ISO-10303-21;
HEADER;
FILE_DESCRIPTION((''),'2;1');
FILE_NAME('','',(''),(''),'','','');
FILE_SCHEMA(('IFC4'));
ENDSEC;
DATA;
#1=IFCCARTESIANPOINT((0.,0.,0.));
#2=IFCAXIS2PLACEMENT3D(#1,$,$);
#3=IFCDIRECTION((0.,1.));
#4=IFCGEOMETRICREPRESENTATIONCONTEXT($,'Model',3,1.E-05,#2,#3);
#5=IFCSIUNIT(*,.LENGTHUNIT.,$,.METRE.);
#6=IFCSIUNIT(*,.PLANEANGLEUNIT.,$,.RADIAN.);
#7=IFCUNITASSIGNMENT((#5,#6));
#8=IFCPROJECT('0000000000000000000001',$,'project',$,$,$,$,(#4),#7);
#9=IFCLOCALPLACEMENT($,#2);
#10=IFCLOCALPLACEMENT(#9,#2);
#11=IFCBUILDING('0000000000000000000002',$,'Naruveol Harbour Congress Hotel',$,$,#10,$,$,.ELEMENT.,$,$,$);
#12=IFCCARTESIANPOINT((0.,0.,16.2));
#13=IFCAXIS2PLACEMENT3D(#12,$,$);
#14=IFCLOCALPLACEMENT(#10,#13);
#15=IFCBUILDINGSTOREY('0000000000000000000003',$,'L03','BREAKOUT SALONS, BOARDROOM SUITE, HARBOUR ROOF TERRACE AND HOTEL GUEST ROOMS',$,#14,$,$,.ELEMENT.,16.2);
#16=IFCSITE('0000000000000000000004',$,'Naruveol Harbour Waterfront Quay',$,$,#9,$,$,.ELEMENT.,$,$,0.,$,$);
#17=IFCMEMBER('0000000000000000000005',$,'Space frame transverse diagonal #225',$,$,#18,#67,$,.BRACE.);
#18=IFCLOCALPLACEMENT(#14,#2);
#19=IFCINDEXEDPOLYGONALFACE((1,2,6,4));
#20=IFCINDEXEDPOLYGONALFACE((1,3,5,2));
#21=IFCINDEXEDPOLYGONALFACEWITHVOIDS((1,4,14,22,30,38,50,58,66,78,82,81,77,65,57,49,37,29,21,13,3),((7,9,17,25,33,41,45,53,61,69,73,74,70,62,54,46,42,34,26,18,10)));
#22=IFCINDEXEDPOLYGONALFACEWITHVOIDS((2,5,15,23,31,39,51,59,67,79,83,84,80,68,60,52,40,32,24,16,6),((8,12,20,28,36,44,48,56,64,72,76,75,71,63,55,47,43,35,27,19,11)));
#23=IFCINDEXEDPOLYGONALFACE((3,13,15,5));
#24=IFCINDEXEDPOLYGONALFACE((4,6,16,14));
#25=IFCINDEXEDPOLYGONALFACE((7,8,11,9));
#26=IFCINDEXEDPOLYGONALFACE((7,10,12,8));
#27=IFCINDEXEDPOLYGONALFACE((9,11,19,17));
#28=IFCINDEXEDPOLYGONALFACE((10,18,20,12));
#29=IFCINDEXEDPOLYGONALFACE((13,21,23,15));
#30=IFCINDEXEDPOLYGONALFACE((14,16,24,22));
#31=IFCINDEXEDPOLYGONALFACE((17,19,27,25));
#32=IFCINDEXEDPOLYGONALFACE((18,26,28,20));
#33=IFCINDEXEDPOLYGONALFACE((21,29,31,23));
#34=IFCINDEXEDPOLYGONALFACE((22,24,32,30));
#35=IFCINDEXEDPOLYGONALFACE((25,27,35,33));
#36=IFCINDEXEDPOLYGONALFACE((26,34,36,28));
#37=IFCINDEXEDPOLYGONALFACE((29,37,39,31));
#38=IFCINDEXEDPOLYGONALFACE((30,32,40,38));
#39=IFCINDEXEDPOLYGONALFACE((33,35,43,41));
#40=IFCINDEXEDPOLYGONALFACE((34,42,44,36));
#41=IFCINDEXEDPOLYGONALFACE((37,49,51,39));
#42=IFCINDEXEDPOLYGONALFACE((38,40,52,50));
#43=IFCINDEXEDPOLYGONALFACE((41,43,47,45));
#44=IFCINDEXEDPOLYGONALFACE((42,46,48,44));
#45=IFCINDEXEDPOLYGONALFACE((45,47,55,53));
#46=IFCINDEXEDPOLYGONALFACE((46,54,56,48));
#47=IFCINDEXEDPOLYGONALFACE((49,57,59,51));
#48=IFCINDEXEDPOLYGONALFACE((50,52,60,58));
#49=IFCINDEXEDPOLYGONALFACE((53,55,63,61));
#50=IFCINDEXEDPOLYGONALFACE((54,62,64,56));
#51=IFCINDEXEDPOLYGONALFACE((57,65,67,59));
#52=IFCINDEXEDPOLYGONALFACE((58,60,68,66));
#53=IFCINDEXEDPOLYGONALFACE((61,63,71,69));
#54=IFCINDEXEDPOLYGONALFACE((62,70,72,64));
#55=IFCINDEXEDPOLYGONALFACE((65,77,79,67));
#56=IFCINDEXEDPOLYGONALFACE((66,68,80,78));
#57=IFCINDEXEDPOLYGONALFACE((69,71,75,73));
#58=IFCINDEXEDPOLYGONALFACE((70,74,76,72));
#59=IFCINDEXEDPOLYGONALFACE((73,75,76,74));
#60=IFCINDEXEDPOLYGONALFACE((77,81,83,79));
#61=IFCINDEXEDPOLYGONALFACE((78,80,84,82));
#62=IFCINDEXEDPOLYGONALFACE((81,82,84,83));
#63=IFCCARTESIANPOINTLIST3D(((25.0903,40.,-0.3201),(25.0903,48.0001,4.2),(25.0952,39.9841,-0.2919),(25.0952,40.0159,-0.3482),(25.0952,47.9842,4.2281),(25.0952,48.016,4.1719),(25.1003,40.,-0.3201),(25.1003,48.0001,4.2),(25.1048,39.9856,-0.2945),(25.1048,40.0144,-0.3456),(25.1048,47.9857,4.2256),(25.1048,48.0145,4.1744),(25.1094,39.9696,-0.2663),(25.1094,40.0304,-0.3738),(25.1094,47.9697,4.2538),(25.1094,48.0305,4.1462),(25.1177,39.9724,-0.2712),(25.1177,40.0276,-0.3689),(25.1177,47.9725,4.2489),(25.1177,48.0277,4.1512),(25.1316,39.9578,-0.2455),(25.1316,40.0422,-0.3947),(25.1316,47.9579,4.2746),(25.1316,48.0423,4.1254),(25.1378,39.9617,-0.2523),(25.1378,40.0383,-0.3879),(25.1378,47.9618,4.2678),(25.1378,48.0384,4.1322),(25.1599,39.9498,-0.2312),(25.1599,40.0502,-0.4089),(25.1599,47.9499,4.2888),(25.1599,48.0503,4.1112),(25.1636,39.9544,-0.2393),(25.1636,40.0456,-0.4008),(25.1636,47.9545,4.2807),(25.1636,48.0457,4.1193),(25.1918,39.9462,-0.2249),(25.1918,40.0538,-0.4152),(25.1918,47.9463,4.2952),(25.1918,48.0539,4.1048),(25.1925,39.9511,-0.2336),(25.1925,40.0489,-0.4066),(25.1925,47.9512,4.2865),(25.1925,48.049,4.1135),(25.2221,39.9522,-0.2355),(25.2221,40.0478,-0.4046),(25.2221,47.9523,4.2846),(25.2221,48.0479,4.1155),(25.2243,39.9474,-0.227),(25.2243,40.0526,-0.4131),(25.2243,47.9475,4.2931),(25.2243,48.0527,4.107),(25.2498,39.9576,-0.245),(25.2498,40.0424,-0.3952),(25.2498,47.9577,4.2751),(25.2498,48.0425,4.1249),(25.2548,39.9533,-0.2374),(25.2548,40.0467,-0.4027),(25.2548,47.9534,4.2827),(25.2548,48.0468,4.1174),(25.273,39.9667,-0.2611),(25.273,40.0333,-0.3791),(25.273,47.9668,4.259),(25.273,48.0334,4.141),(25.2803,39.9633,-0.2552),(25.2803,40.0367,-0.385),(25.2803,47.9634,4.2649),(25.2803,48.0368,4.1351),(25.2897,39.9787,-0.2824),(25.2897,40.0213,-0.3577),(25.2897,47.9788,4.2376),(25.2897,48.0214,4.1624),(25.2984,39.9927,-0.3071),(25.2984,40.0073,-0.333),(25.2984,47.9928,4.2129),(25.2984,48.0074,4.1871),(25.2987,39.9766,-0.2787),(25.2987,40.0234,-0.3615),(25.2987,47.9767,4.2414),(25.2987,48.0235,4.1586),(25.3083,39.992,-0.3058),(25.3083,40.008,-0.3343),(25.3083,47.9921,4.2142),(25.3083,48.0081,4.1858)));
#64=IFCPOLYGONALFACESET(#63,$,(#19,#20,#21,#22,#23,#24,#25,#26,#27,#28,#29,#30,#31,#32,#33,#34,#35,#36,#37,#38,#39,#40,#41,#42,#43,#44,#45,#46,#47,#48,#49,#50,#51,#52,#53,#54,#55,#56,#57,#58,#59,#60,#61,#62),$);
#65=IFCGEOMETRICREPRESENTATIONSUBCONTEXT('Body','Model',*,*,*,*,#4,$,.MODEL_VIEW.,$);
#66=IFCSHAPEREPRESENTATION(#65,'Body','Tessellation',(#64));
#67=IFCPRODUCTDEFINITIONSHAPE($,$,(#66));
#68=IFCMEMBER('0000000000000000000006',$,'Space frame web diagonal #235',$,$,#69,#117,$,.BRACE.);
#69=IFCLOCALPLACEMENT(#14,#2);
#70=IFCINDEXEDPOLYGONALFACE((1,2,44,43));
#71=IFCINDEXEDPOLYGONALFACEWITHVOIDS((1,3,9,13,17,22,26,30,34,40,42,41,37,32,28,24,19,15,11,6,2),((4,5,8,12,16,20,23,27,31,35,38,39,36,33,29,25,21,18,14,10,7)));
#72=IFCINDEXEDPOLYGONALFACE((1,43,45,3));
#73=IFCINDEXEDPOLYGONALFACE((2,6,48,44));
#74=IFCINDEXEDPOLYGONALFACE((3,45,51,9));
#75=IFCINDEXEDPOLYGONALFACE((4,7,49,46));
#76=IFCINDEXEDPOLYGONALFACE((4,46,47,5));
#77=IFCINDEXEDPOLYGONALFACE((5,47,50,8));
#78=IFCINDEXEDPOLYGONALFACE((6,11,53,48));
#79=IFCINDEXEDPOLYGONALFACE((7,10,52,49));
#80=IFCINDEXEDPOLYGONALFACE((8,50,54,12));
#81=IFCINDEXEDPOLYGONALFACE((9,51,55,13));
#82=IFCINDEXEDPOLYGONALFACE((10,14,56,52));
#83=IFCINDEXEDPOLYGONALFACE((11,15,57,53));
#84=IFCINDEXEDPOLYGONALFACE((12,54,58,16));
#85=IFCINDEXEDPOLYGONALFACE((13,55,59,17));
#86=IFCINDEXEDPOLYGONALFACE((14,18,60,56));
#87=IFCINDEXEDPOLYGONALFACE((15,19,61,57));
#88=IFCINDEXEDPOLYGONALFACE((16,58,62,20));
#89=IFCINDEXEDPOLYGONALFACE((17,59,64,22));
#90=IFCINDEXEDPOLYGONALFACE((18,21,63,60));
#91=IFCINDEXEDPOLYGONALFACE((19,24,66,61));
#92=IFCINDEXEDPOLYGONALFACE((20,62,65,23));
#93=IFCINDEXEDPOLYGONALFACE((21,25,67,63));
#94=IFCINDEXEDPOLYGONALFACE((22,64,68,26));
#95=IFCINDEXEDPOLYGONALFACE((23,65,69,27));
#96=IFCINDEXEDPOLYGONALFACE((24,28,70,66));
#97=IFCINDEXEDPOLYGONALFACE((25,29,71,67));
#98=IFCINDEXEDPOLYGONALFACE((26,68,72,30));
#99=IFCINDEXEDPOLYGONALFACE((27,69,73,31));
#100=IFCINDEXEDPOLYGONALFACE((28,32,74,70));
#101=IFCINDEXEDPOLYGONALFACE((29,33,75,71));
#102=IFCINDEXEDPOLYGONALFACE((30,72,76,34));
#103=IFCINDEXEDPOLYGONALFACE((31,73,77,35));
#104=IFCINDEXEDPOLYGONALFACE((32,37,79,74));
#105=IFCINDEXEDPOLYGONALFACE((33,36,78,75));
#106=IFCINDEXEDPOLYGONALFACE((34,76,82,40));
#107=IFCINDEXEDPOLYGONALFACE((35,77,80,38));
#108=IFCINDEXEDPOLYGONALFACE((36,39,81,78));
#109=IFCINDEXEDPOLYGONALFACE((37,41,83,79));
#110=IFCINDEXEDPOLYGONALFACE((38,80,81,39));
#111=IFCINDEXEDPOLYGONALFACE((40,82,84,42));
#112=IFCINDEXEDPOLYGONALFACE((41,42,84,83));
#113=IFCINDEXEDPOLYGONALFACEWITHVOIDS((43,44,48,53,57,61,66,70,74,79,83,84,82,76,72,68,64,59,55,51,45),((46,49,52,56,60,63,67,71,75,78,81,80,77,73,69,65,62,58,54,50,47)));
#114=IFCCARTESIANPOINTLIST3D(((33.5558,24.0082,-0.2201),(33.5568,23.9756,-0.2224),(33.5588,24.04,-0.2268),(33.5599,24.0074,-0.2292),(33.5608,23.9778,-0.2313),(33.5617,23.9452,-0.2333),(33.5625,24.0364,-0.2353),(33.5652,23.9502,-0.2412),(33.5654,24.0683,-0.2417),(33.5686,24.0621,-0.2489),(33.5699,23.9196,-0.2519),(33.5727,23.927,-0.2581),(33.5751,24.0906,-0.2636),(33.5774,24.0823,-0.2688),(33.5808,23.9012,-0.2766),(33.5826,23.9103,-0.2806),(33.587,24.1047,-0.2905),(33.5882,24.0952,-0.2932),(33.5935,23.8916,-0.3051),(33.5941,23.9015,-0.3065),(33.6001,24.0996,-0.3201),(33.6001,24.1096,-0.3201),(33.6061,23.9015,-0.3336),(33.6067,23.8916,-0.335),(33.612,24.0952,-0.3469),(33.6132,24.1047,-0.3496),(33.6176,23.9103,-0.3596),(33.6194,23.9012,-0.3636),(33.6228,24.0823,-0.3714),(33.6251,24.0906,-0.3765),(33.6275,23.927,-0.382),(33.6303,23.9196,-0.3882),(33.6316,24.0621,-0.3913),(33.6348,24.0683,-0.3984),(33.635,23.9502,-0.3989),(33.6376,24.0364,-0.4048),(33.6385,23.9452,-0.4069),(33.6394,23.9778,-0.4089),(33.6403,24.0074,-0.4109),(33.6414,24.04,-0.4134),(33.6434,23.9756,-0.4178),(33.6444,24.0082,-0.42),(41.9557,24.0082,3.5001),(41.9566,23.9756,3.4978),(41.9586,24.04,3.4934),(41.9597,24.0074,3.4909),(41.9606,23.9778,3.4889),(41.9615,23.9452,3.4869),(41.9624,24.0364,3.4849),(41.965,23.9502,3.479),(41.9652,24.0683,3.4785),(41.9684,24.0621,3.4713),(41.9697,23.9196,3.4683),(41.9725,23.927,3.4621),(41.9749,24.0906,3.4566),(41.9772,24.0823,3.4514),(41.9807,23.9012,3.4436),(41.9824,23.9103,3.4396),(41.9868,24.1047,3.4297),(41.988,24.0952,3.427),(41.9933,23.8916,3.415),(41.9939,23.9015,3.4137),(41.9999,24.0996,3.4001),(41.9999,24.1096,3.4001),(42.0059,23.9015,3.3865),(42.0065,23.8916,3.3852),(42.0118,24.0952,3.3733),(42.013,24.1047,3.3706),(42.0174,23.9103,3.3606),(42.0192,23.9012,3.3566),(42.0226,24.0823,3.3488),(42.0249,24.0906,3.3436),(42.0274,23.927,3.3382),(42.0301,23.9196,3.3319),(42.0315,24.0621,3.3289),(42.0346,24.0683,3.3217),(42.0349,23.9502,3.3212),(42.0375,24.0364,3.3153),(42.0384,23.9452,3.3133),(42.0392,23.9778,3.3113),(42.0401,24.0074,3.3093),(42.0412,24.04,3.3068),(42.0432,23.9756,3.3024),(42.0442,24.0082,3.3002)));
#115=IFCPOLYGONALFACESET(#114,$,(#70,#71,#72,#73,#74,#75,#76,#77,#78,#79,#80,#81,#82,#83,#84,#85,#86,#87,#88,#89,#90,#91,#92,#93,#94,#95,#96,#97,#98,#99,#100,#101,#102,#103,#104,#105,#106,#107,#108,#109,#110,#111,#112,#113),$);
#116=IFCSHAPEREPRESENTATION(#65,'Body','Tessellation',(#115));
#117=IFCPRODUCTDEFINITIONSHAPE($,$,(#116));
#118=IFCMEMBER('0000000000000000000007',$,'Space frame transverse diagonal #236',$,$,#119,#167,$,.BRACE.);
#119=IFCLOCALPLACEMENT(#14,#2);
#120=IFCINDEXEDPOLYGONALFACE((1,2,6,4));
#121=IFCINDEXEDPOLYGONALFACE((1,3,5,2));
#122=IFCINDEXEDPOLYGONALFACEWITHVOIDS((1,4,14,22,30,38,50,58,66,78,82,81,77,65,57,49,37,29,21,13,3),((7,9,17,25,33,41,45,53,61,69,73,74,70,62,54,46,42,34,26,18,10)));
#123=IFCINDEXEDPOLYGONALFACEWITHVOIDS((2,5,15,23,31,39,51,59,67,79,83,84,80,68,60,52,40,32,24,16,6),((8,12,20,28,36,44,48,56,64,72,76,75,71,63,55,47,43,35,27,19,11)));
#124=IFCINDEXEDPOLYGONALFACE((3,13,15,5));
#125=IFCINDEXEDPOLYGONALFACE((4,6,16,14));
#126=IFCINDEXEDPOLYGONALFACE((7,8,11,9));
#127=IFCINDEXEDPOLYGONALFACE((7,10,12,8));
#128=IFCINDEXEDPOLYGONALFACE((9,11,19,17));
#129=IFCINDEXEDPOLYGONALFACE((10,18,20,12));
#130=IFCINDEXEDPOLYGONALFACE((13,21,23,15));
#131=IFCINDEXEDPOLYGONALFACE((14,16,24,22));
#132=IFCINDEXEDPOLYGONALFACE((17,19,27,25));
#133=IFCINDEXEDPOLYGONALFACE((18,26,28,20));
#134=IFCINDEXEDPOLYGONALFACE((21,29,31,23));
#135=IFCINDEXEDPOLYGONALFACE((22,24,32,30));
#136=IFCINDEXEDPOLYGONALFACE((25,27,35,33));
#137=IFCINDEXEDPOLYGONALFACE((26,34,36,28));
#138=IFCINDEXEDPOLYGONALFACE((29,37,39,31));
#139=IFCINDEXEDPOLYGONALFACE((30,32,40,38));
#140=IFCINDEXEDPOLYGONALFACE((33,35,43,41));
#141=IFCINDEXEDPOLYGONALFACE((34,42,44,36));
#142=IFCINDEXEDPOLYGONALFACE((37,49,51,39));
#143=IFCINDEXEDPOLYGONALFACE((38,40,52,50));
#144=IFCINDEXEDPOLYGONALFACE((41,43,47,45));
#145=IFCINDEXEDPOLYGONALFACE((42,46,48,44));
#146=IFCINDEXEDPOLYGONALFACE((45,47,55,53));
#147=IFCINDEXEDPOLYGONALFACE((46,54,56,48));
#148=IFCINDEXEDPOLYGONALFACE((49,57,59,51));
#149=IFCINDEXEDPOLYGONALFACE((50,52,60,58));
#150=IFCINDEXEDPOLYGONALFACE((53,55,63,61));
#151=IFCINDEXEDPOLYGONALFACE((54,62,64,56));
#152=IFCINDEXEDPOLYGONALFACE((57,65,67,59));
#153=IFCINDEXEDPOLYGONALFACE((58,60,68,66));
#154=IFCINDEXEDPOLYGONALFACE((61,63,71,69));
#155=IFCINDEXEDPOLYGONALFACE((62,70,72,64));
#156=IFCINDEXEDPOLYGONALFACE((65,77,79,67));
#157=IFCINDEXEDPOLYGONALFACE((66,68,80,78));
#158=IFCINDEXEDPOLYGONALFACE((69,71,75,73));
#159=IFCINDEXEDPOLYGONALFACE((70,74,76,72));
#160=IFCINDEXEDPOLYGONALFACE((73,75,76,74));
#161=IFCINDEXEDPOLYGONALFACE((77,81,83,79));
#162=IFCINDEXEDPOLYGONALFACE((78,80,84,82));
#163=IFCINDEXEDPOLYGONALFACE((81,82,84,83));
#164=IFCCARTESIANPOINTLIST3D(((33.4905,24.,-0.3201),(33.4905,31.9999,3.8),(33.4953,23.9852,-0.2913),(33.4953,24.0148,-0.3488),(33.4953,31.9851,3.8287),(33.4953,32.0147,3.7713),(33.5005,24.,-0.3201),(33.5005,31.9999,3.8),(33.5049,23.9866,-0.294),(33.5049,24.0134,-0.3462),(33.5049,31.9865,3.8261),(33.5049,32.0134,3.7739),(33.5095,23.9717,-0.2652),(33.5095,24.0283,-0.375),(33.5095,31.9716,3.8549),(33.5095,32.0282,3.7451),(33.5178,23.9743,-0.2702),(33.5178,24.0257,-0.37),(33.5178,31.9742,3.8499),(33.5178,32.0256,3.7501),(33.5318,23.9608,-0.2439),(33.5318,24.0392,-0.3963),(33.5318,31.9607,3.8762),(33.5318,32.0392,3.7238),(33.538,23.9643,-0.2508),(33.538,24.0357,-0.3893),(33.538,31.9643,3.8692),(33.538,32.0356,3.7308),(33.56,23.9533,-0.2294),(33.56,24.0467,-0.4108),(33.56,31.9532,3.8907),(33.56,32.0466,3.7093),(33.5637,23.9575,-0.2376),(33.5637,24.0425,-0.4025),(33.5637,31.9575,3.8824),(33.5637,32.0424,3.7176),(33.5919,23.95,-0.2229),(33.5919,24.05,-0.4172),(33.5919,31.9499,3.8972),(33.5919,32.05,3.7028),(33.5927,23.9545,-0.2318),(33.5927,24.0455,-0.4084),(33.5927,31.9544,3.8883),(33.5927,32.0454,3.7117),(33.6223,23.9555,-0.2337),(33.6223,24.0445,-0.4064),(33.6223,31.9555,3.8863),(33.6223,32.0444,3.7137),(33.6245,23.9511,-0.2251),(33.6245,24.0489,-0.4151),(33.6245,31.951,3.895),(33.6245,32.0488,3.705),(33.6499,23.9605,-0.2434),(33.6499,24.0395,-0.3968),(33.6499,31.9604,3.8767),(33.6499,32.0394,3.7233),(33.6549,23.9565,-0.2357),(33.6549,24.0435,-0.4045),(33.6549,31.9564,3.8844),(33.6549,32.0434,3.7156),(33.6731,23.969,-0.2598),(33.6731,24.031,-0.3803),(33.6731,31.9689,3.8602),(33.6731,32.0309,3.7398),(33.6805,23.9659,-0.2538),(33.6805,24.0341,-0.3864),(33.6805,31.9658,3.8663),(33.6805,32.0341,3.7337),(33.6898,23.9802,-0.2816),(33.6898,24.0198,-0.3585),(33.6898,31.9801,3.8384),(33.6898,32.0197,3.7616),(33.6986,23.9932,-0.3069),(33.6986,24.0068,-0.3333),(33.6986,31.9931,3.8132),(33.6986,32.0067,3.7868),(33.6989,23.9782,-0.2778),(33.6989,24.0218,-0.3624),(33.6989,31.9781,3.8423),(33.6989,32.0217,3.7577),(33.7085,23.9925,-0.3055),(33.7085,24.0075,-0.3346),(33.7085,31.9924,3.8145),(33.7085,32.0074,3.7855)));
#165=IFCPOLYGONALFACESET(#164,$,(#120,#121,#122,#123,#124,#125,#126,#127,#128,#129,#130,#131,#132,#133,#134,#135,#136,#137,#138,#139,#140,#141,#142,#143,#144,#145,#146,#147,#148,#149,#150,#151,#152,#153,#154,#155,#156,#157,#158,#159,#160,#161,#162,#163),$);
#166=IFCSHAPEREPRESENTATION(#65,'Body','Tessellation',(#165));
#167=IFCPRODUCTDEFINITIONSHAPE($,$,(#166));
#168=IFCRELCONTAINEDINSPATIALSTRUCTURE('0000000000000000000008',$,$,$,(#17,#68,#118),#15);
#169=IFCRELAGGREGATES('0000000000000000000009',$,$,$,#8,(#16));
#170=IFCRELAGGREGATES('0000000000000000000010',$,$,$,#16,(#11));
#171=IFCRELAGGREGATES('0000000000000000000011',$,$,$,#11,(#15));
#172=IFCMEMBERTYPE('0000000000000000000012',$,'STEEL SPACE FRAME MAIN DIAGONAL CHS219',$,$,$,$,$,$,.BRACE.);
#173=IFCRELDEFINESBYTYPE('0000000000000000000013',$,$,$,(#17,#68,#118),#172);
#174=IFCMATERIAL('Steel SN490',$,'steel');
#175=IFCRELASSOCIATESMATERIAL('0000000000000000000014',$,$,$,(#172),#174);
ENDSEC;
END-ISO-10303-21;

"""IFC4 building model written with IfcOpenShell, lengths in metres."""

from ifc_helpers import new_model, si_unit, direction, frame, origin, origin_2d, place, context, subcontext, project, spatial, hollow_circle, extrude, material, material_profile, profile_set, type_object, element, save


model = new_model("IFC4")

# Units and contexts
model_context = context("Model", 3, precision=1e-05, world=origin(), true_north=direction((0.0, 1.0)))
body_context = subcontext(model_context, "Body", "Model", "MODEL_VIEW")
ifc_project = project(units=[si_unit("LENGTHUNIT", "METRE"), si_unit("PLANEANGLEUNIT", "RADIAN")], contexts=[model_context])

# Site, building, storey
site_placement = place(None, origin())
site = spatial("IfcSite", under=ifc_project, at=site_placement, Name="Naruveol Harbour Waterfront Quay", CompositionType="ELEMENT", RefElevation=0.0)
building_placement = place(site_placement, origin())
building = spatial("IfcBuilding", under=site, at=building_placement, Name="Naruveol Harbour Congress Hotel", CompositionType="ELEMENT")
storey_placement = place(building_placement, frame((0.0, 0.0, 16.2)))
storey = spatial("IfcBuildingStorey", under=building, at=storey_placement, Name="L03", Description="BREAKOUT SALONS, BOARDROOM SUITE, HARBOUR ROOF TERRACE AND HOTEL GUEST ROOMS", CompositionType="ELEMENT", Elevation=16.2)

# Members
ifc_material_1 = material(Name="Steel SN490", Category="steel")
ifc_material_profile_1 = material_profile(ifc_material_1, hollow_circle(Radius=0.1096, WallThickness=0.01, at=origin_2d()), Name="CHS-219.1x10")
ifc_profile_set_1 = profile_set([ifc_material_profile_1], Name="Steel SN490")
member_type_1 = type_object("IfcMemberType", Name="STEEL SPACE FRAME MAIN DIAGONAL CHS219", PredefinedType="BRACE", material=ifc_profile_set_1)
member_1_placement = place(storey_placement, frame((25.2, 40.0, -0.3201), z_axis=(0.0, 0.870643, 0.491915), x_axis=(-1.0, 0.0, 0.0)))
element("IfcMember", 1, at=member_1_placement, inside=storey, type_object=member_type_1, Name="Space frame transverse diagonal #225", PredefinedType="BRACE", context=body_context, shape_type="SweptSolid", body=[
    extrude(hollow_circle(Radius=0.1096, WallThickness=0.01, at=origin_2d()), origin(), (0.0, 0.0, 1.0), 9.1887),
])
member_2_placement = place(storey_placement, frame((33.6001, 24.0, -0.3201), z_axis=(0.914339, 0.0, 0.40495), x_axis=(0.0, 1.0, 0.0)))
element("IfcMember", 2, at=member_2_placement, inside=storey, type_object=member_type_1, Name="Space frame web diagonal #235", PredefinedType="BRACE", context=body_context, shape_type="SweptSolid", body=[
    extrude(hollow_circle(Radius=0.1096, WallThickness=0.01, at=origin_2d()), origin(), (0.0, 0.0, 1.0), 9.1868),
])
member_3_placement = place(storey_placement, frame((33.6001, 24.0, -0.3201), z_axis=(0.0, 0.889024, 0.45786), x_axis=(-1.0, 0.0, 0.0)))
element("IfcMember", 3, at=member_3_placement, inside=storey, type_object=member_type_1, Name="Space frame transverse diagonal #236", PredefinedType="BRACE", context=body_context, shape_type="SweptSolid", body=[
    extrude(hollow_circle(Radius=0.1096, WallThickness=0.01, at=origin_2d()), origin(), (0.0, 0.0, 1.0), 8.9985),
])

save(model, "model.ifc")
